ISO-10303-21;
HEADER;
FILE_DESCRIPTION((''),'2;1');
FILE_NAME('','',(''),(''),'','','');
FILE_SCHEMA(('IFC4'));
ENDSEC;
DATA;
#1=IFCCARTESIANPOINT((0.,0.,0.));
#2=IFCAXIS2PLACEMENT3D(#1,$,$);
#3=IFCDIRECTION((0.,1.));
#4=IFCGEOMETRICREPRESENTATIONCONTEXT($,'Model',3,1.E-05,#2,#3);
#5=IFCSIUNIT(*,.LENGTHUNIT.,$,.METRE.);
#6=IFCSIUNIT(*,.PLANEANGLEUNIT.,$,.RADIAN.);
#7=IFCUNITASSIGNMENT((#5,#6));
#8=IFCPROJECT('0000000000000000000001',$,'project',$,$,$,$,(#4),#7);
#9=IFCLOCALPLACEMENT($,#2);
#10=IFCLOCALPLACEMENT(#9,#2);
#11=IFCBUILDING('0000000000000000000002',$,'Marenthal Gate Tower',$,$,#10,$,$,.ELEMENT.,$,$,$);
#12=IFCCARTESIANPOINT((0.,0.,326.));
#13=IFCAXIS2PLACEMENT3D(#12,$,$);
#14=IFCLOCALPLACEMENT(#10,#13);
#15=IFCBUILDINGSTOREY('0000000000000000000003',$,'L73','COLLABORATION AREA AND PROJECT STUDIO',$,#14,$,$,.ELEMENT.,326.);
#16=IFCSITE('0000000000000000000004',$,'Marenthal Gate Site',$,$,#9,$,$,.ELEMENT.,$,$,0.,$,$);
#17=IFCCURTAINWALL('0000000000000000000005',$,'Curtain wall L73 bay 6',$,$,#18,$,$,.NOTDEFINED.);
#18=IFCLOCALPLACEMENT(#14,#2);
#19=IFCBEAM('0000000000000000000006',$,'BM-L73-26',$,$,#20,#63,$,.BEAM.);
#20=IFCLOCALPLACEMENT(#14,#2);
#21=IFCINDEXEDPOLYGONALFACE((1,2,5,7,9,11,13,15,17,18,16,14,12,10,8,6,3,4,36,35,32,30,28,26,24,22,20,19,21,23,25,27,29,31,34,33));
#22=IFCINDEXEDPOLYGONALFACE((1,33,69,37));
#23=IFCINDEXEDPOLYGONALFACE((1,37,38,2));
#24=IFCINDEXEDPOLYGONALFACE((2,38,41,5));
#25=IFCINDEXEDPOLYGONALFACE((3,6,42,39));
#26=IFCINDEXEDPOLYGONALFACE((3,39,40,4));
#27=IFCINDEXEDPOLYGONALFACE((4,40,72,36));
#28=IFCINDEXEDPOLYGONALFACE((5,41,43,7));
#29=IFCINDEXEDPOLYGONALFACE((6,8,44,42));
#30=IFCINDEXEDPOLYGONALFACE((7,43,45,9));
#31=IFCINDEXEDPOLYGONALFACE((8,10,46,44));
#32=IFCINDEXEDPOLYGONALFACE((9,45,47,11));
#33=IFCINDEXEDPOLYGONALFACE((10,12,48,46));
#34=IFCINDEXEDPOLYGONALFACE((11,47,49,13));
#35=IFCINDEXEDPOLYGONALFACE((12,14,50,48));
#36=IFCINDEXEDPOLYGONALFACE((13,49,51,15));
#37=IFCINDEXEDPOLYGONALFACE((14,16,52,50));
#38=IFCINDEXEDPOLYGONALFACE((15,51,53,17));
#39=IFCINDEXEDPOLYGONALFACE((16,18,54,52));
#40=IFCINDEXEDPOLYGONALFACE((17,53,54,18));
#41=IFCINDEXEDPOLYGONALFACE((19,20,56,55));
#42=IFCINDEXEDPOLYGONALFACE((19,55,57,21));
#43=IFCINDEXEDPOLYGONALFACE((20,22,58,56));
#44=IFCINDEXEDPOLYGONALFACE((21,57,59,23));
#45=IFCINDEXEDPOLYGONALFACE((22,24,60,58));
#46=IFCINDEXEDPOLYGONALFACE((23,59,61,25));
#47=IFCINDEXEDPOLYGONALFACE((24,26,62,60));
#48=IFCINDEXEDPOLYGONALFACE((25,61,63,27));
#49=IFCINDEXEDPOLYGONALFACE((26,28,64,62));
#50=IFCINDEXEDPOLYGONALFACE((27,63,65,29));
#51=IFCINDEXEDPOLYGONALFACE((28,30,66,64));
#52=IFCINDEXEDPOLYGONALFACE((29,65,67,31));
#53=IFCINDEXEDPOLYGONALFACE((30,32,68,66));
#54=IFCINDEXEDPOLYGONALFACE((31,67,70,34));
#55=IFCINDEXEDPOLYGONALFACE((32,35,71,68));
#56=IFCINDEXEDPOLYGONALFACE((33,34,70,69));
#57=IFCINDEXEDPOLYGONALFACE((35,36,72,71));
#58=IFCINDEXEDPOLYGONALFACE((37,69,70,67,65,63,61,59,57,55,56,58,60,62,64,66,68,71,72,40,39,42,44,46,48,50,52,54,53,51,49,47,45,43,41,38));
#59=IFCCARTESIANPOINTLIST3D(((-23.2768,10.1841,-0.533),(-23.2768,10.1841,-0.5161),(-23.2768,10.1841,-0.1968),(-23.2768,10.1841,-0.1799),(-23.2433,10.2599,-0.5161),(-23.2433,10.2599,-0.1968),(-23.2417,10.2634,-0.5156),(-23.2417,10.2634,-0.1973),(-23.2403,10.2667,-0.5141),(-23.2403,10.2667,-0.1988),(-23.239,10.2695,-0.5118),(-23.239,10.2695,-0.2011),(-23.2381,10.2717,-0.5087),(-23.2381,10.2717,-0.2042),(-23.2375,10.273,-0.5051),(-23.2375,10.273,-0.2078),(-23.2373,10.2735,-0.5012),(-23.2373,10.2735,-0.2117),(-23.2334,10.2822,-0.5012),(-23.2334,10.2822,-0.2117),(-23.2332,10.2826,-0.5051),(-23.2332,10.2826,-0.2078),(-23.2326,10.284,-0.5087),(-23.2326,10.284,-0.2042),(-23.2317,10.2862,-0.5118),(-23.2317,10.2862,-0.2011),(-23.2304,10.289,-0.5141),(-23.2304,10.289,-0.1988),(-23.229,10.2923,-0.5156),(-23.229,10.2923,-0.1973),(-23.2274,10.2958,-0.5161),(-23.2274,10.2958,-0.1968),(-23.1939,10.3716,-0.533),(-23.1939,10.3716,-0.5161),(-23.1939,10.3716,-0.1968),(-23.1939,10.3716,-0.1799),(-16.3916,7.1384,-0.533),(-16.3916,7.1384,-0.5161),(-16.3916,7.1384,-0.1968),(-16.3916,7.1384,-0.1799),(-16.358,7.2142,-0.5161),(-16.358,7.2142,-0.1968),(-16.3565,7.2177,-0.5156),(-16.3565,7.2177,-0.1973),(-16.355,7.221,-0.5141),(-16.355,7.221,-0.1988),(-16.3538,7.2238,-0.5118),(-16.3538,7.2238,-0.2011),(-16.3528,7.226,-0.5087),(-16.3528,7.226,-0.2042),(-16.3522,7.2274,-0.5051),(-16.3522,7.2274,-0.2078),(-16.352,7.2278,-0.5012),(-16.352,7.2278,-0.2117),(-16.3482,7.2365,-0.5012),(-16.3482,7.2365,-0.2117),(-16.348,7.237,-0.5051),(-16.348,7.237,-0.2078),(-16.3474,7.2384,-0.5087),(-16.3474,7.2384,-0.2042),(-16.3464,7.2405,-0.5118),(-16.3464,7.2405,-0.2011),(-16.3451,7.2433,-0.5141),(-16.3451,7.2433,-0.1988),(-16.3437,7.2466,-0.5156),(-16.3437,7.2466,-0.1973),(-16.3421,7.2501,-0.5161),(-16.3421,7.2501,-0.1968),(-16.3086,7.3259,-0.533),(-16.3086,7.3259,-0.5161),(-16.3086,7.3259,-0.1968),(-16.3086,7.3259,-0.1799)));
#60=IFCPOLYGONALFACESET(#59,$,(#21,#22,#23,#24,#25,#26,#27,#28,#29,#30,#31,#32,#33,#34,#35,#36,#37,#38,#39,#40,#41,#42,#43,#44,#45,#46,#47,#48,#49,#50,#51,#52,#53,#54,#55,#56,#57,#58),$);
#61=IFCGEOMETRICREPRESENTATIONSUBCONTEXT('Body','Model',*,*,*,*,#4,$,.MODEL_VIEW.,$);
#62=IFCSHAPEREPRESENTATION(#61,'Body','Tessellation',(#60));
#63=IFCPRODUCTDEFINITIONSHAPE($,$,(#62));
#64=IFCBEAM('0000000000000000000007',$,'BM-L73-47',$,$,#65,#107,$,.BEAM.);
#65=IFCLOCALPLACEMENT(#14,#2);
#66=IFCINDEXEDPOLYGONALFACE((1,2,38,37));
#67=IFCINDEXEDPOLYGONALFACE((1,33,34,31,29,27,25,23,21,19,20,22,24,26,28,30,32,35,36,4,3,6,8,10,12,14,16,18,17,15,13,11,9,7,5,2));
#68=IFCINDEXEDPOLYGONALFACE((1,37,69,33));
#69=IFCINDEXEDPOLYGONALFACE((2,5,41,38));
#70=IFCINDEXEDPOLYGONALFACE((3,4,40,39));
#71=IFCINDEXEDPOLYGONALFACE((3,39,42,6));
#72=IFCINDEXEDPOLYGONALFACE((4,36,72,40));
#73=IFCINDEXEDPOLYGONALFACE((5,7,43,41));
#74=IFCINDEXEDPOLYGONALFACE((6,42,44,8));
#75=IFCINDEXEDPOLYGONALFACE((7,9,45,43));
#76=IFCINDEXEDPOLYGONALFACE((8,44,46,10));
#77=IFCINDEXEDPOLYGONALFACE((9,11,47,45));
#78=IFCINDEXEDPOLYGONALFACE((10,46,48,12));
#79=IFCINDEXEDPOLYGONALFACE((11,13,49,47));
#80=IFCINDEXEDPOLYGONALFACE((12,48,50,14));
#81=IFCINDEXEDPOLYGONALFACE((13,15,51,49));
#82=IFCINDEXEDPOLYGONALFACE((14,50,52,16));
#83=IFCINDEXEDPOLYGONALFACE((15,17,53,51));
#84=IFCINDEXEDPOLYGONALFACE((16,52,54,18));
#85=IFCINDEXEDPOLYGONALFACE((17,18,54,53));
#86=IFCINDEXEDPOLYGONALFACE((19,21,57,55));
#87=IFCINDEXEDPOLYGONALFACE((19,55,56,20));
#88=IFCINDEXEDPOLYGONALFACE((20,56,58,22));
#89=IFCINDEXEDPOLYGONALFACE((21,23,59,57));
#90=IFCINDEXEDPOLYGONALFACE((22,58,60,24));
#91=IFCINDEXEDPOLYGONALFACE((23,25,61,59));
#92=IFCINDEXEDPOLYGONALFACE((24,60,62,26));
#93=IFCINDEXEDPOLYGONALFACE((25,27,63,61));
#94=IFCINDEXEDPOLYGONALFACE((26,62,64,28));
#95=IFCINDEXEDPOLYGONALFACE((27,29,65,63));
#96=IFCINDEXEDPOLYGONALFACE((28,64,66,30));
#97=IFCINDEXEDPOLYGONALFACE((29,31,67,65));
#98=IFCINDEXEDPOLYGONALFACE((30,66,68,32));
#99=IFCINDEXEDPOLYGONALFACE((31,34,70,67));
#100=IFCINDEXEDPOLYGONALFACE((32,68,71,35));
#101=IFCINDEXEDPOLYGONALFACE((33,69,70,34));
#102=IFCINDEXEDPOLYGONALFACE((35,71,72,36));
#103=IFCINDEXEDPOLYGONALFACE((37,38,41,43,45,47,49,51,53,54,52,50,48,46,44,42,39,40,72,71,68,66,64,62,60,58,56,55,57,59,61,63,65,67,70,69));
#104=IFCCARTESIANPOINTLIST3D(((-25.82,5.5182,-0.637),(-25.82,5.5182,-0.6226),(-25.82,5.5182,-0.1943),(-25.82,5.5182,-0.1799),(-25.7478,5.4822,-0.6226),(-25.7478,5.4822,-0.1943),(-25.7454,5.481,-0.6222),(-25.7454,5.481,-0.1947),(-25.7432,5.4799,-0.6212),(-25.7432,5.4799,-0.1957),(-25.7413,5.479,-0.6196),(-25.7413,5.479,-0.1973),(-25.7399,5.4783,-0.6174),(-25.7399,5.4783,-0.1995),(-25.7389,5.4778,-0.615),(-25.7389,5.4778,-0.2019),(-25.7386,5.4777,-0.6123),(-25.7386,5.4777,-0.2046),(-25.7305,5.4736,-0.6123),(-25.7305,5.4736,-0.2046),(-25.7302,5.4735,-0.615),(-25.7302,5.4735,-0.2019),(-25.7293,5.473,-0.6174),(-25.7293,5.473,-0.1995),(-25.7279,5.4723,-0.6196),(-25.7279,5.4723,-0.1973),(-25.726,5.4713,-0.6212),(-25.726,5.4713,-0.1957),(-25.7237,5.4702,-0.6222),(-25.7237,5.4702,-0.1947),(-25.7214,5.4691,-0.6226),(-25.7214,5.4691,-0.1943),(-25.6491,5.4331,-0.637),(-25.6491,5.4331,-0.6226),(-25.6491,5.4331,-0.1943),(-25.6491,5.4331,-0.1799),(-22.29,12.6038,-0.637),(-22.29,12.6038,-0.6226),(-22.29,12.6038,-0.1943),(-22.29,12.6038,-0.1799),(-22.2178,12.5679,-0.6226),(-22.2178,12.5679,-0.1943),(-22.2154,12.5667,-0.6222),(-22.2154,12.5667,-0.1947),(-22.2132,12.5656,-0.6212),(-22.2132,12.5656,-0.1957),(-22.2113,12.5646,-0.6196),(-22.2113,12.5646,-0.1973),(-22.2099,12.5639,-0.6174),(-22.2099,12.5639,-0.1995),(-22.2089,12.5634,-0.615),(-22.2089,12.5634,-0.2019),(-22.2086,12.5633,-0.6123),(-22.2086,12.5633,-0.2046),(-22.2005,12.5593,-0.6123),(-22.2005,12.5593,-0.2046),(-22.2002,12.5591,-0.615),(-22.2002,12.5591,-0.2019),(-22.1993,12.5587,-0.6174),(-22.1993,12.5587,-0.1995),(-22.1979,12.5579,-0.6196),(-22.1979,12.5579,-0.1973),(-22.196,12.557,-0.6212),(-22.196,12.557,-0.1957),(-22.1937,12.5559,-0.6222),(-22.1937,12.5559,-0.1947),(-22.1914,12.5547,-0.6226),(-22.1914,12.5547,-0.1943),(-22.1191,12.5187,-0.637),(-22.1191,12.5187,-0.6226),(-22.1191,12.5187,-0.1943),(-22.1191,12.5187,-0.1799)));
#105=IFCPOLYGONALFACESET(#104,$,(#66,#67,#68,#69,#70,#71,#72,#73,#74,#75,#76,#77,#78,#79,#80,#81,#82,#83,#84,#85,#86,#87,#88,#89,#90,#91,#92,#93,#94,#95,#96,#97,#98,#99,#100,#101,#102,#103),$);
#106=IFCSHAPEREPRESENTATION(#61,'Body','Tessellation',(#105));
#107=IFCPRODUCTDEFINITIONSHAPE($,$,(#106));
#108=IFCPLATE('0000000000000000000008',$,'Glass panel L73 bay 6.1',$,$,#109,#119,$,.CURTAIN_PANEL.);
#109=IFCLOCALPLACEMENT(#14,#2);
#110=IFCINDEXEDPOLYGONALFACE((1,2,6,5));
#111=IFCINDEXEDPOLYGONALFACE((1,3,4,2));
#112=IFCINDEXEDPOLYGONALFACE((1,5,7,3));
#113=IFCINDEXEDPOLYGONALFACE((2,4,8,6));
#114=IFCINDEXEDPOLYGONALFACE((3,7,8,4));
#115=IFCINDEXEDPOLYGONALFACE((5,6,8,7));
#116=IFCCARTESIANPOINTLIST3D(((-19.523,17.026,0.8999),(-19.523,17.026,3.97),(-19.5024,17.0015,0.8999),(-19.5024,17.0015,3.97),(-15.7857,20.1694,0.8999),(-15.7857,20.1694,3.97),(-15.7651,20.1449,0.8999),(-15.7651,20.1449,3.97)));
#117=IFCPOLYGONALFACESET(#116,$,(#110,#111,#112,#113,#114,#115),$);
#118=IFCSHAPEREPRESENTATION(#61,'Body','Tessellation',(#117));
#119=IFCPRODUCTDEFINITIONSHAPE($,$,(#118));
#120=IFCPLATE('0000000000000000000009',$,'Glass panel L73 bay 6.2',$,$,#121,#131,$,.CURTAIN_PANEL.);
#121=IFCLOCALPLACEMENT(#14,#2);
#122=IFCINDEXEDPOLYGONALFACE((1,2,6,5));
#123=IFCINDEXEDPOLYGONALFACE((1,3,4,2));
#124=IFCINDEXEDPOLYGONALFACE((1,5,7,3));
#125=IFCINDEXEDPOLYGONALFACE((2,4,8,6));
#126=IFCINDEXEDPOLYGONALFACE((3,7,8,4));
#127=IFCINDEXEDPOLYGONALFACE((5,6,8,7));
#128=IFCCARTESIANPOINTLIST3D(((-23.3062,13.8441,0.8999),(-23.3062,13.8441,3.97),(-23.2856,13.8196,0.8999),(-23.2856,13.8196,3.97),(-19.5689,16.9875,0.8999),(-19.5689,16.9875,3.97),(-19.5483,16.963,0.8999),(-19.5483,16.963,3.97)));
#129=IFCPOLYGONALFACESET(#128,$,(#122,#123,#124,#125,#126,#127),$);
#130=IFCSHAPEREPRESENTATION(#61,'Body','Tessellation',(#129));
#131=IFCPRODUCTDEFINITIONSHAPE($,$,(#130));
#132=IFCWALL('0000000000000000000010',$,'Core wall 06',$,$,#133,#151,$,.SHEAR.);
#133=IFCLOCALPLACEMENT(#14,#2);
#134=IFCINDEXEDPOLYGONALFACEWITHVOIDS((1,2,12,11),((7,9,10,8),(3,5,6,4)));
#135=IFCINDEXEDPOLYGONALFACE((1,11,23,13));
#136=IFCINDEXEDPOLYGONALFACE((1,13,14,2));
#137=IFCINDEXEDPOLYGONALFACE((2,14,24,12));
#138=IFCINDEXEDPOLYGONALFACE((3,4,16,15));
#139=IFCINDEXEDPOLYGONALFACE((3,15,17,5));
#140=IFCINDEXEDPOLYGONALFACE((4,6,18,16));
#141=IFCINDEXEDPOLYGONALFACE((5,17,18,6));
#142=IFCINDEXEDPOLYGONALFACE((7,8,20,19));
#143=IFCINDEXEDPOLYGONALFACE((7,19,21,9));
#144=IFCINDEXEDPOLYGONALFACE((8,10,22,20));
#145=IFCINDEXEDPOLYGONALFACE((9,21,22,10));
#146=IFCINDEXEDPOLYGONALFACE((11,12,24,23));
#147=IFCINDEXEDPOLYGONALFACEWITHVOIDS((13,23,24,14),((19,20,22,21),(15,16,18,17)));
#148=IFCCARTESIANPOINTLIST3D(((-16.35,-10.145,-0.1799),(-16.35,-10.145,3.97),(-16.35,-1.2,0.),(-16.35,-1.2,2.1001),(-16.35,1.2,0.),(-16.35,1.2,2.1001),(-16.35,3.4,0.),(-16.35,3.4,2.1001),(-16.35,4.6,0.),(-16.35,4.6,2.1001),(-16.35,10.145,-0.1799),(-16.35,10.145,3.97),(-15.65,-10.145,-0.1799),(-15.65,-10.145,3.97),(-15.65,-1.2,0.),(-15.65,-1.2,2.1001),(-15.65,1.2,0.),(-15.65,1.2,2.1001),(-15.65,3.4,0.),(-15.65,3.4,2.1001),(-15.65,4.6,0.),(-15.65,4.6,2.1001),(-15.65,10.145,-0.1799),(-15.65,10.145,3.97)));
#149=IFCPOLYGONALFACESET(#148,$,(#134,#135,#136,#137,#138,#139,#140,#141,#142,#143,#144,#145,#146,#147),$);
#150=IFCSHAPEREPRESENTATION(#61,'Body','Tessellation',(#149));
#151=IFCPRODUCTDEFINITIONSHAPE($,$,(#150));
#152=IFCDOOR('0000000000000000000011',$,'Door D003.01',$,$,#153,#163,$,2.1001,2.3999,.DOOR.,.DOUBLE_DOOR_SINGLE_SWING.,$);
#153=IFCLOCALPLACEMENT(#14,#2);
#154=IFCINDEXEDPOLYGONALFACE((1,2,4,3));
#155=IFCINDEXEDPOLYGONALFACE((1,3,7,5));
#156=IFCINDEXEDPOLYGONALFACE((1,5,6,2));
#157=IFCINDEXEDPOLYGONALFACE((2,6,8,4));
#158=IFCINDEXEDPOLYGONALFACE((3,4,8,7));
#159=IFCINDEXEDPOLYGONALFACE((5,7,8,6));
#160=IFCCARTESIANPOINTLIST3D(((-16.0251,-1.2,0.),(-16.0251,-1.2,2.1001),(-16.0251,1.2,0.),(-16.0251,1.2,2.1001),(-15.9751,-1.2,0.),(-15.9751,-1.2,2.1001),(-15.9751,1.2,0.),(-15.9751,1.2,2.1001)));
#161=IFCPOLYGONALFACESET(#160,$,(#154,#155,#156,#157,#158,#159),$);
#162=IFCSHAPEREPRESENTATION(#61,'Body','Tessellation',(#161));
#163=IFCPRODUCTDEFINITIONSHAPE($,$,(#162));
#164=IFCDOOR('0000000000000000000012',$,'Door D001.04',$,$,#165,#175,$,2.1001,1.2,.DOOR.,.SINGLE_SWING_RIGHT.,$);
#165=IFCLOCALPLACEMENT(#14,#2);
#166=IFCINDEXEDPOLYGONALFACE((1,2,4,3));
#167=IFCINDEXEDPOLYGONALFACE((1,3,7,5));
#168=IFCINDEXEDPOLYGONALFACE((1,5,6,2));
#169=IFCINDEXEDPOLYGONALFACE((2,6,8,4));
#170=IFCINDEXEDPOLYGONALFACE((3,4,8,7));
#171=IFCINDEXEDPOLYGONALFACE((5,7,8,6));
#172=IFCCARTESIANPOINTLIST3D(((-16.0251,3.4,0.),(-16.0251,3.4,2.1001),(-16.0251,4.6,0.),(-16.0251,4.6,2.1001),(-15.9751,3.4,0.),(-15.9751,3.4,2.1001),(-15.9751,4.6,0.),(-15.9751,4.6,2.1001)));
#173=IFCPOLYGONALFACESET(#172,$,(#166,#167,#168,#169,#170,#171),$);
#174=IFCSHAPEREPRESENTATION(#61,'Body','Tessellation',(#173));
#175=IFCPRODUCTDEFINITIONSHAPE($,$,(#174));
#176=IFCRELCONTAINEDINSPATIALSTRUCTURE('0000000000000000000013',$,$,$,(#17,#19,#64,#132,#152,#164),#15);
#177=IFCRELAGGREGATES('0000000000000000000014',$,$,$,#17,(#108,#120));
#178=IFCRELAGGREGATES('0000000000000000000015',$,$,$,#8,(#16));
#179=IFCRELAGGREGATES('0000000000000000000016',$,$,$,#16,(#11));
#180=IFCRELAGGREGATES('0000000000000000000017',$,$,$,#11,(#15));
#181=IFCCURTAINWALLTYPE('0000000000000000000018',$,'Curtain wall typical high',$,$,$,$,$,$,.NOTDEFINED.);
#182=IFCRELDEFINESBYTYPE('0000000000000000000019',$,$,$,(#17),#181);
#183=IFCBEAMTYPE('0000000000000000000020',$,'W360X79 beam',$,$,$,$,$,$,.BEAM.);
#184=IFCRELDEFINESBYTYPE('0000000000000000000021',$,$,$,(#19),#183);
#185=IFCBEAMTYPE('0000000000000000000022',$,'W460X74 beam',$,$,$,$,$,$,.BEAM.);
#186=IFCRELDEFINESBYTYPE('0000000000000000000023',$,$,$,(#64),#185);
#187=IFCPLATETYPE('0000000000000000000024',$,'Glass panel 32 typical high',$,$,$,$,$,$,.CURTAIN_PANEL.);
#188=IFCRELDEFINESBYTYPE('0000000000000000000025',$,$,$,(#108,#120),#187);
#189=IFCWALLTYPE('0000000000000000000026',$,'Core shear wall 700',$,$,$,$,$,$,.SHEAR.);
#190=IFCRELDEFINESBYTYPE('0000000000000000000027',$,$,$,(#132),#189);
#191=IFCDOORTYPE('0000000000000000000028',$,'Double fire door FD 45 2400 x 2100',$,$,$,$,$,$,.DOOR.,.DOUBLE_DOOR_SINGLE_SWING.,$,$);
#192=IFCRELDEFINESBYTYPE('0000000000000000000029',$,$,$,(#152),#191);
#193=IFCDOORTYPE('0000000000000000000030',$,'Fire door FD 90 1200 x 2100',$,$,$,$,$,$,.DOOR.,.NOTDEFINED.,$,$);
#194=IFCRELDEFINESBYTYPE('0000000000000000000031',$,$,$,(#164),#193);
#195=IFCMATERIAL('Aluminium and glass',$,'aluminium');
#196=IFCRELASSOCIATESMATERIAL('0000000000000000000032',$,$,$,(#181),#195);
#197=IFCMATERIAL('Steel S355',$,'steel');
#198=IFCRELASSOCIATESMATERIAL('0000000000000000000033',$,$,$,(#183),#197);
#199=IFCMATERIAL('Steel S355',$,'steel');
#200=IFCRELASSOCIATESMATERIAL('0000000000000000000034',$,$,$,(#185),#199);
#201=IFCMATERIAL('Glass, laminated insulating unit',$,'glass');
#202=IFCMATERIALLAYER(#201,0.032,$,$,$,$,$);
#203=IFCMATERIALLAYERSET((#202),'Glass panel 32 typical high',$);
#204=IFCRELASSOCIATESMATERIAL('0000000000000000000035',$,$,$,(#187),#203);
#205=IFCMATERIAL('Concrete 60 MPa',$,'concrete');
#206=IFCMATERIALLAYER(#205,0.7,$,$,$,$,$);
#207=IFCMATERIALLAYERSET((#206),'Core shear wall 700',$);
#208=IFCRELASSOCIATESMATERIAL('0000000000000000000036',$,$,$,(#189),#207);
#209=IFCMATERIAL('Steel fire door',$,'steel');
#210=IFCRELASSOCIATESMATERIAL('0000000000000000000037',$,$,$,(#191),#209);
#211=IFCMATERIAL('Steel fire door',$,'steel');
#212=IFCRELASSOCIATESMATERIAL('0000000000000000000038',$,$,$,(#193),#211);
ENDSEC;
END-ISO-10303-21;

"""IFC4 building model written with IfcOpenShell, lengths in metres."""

from ifc_helpers import new_model, si_unit, direction, frame, frame_2d, origin, origin_2d, place, context, subcontext, project, spatial, rectangle, i_section, extrude, material, layer, layer_set, material_profile, profile_set, type_object, element, fill, aggregate, save


model = new_model("IFC4")

# Units and contexts
model_context = context("Model", 3, precision=1e-05, world=origin(), true_north=direction((0.0, 1.0)))
body_context = subcontext(model_context, "Body", "Model", "MODEL_VIEW")
ifc_project = project(units=[si_unit("LENGTHUNIT", "METRE"), si_unit("PLANEANGLEUNIT", "RADIAN")], contexts=[model_context])

# Site, building, storey
site_placement = place(None, origin())
site = spatial("IfcSite", under=ifc_project, at=site_placement, Name="Marenthal Gate Site", CompositionType="ELEMENT", RefElevation=0.0)
building_placement = place(site_placement, origin())
building = spatial("IfcBuilding", under=site, at=building_placement, Name="Marenthal Gate Tower", CompositionType="ELEMENT")
storey_placement = place(building_placement, frame((0.0, 0.0, 326.0)))
storey = spatial("IfcBuildingStorey", under=building, at=storey_placement, Name="L73", Description="COLLABORATION AREA AND PROJECT STUDIO", CompositionType="ELEMENT", Elevation=326.0)

# Curtain wall
ifc_material_1 = material(Name="Aluminium and glass", Category="aluminium")
curtain_wall_type = type_object("IfcCurtainWallType", Name="Curtain wall typical high", PredefinedType="NOTDEFINED", material=ifc_material_1)
curtain_wall_placement = place(storey_placement, origin())
curtain_wall = element("IfcCurtainWall", 1, at=curtain_wall_placement, inside=storey, type_object=curtain_wall_type, Name="Curtain wall L73 bay 6", PredefinedType="NOTDEFINED")

# Beams
ifc_material_2 = material(Name="Steel S355", Category="steel")
ifc_material_profile_1 = material_profile(ifc_material_2, i_section(OverallWidth=0.2051, OverallDepth=0.353, WebThickness=0.0095, FlangeThickness=0.0168, FilletRadius=0.0149, at=origin_2d()), Name="W360X79")
ifc_profile_set_1 = profile_set([ifc_material_profile_1], Name="Steel S355")
beam_type_1 = type_object("IfcBeamType", Name="W360X79 beam", PredefinedType="BEAM", material=ifc_profile_set_1)
beam_1_placement = place(storey_placement, frame((-23.2354, 10.2778, -0.3564), z_axis=(0.914523, -0.404534, 0.0), x_axis=(0.404534, 0.914523, 0.0)))
element("IfcBeam", 2, at=beam_1_placement, inside=storey, type_object=beam_type_1, Name="BM-L73-26", PredefinedType="BEAM", context=body_context, shape_type="SweptSolid", body=[
    extrude(i_section(OverallWidth=0.2051, OverallDepth=0.353, WebThickness=0.0095, FlangeThickness=0.0168, FilletRadius=0.0149, at=origin_2d()), origin(), (0.0, 0.0, 1.0), 7.5288),
])
ifc_material_3 = material(Name="Steel S355", Category="steel")
ifc_material_profile_2 = material_profile(ifc_material_3, i_section(OverallWidth=0.1909, OverallDepth=0.457, WebThickness=0.009, FlangeThickness=0.0144, FilletRadius=0.0103, at=origin_2d()), Name="W460X74")
ifc_profile_set_2 = profile_set([ifc_material_profile_2], Name="Steel S355")
beam_type_2 = type_object("IfcBeamType", Name="W460X74 beam", PredefinedType="BEAM", material=ifc_profile_set_2)
beam_2_placement = place(storey_placement, frame((-22.2046, 12.5613, -0.4084), z_axis=(-0.445918, -0.895074, 0.0), x_axis=(0.895074, -0.445918, 0.0)))
element("IfcBeam", 3, at=beam_2_placement, inside=storey, type_object=beam_type_2, Name="BM-L73-47", PredefinedType="BEAM", context=body_context, shape_type="SweptSolid", body=[
    extrude(i_section(OverallWidth=0.1909, OverallDepth=0.457, WebThickness=0.009, FlangeThickness=0.0144, FilletRadius=0.0103, at=origin_2d()), origin(), (0.0, 0.0, 1.0), 7.9163),
])

# Plates
ifc_material_4 = material(Name="Glass, laminated insulating unit", Category="glass")
ifc_layer_1 = layer(ifc_material_4, 0.032)
ifc_layer_set_1 = layer_set([ifc_layer_1], Name="Glass panel 32 typical high")
plate_type = type_object("IfcPlateType", Name="Glass panel 32 typical high", PredefinedType="CURTAIN_PANEL", material=ifc_layer_set_1)
plate_1_placement = place(storey_placement, frame((-17.644, 18.5854, 0.8999), z_axis=(0.0, 0.0, 1.0), x_axis=(-0.765298, -0.643676, 0.0)))
plate_1 = element("IfcPlate", 4, at=plate_1_placement, type_object=plate_type, Name="Glass panel L73 bay 6.1", PredefinedType="CURTAIN_PANEL", context=body_context, shape_type="SweptSolid", body=[
    extrude(rectangle(XDim=4.8835, YDim=0.032, at=origin_2d()), origin(), (0.0, 0.0, 1.0), 3.0701),
])
plate_2_placement = place(storey_placement, frame((-21.4272, 15.4036, 0.8999), z_axis=(0.0, 0.0, 1.0), x_axis=(-0.765298, -0.643676, 0.0)))
plate_2 = element("IfcPlate", 5, at=plate_2_placement, type_object=plate_type, Name="Glass panel L73 bay 6.2", PredefinedType="CURTAIN_PANEL", context=body_context, shape_type="SweptSolid", body=[
    extrude(rectangle(XDim=4.8835, YDim=0.032, at=origin_2d()), origin(), (0.0, 0.0, 1.0), 3.0701),
])
aggregate(curtain_wall, [plate_1, plate_2])

# Wall, openings, doors
ifc_material_5 = material(Name="Concrete 60 MPa", Category="concrete")
ifc_layer_2 = layer(ifc_material_5, 0.7)
ifc_layer_set_2 = layer_set([ifc_layer_2], Name="Core shear wall 700")
wall_type_1 = type_object("IfcWallType", Name="Core shear wall 700", PredefinedType="SHEAR", material=ifc_layer_set_2)
wall_1_placement = place(storey_placement, frame((-16.0, 10.145, -0.1799), z_axis=(0.0, 0.0, 1.0), x_axis=(0.0, -1.0, 0.0)))
wall_1 = element("IfcWall", 6, at=wall_1_placement, inside=storey, type_object=wall_type_1, Name="Core wall 06", PredefinedType="SHEAR", context=body_context, shape_type="SweptSolid", body=[
    extrude(rectangle(XDim=20.29, YDim=0.7, at=frame_2d((10.145, 0.0))), origin(), (0.0, 0.0, 1.0), 4.1499),
])
opening_1_placement = place(wall_1_placement, frame((8.9451, 0.0, 0.1799)))
opening_1 = element("IfcOpeningElement", 7, at=opening_1_placement, cuts=wall_1, PredefinedType="OPENING", context=body_context, shape_type="SweptSolid", body=[
    extrude(rectangle(XDim=2.3999, YDim=2.1001, at=frame_2d((1.2, 1.05))), frame((0.0, 0.3599, 0.0), z_axis=(0.0, -1.0, 0.0), x_axis=(1.0, 0.0, 0.0)), (0.0, 0.0, 1.0), 0.72),
])
opening_2_placement = place(wall_1_placement, frame((5.5449, 0.0, 0.1799)))
opening_2 = element("IfcOpeningElement", 8, at=opening_2_placement, cuts=wall_1, PredefinedType="OPENING", context=body_context, shape_type="SweptSolid", body=[
    extrude(rectangle(XDim=1.2, YDim=2.1001, at=frame_2d((0.6001, 1.05))), frame((0.0, 0.3599, 0.0), z_axis=(0.0, -1.0, 0.0), x_axis=(1.0, 0.0, 0.0)), (0.0, 0.0, 1.0), 0.72),
])
ifc_material_6 = material(Name="Steel fire door", Category="steel")
door_type_1 = type_object("IfcDoorType", Name="Double fire door FD 45 2400 x 2100", OperationType="DOUBLE_DOOR_SINGLE_SWING", PredefinedType="DOOR", material=ifc_material_6)
door_1_placement = place(opening_1_placement, origin())
door_1 = element("IfcDoor", 9, at=door_1_placement, inside=storey, type_object=door_type_1, Name="Door D003.01", OperationType="DOUBLE_DOOR_SINGLE_SWING", OverallHeight=2.1001, OverallWidth=2.3999, PredefinedType="DOOR", context=body_context, shape_type="SweptSolid", body=[
    extrude(rectangle(XDim=2.3999, YDim=2.1001, at=frame_2d((1.2, 1.05))), frame((0.0, 0.0249, 0.0), z_axis=(0.0, -1.0, 0.0), x_axis=(1.0, 0.0, 0.0)), (0.0, 0.0, 1.0), 0.05),
])
fill(opening_1, door_1)
ifc_material_7 = material(Name="Steel fire door", Category="steel")
door_type_2 = type_object("IfcDoorType", Name="Fire door FD 90 1200 x 2100", OperationType="NOTDEFINED", PredefinedType="DOOR", material=ifc_material_7)
door_2_placement = place(opening_2_placement, origin())
door_2 = element("IfcDoor", 10, at=door_2_placement, inside=storey, type_object=door_type_2, Name="Door D001.04", OperationType="SINGLE_SWING_RIGHT", OverallHeight=2.1001, OverallWidth=1.2, PredefinedType="DOOR", context=body_context, shape_type="SweptSolid", body=[
    extrude(rectangle(XDim=1.2, YDim=2.1001, at=frame_2d((0.6001, 1.05))), frame((0.0, 0.0249, 0.0), z_axis=(0.0, -1.0, 0.0), x_axis=(1.0, 0.0, 0.0)), (0.0, 0.0, 1.0), 0.05),
])
fill(opening_2, door_2)

save(model, "model.ifc")
